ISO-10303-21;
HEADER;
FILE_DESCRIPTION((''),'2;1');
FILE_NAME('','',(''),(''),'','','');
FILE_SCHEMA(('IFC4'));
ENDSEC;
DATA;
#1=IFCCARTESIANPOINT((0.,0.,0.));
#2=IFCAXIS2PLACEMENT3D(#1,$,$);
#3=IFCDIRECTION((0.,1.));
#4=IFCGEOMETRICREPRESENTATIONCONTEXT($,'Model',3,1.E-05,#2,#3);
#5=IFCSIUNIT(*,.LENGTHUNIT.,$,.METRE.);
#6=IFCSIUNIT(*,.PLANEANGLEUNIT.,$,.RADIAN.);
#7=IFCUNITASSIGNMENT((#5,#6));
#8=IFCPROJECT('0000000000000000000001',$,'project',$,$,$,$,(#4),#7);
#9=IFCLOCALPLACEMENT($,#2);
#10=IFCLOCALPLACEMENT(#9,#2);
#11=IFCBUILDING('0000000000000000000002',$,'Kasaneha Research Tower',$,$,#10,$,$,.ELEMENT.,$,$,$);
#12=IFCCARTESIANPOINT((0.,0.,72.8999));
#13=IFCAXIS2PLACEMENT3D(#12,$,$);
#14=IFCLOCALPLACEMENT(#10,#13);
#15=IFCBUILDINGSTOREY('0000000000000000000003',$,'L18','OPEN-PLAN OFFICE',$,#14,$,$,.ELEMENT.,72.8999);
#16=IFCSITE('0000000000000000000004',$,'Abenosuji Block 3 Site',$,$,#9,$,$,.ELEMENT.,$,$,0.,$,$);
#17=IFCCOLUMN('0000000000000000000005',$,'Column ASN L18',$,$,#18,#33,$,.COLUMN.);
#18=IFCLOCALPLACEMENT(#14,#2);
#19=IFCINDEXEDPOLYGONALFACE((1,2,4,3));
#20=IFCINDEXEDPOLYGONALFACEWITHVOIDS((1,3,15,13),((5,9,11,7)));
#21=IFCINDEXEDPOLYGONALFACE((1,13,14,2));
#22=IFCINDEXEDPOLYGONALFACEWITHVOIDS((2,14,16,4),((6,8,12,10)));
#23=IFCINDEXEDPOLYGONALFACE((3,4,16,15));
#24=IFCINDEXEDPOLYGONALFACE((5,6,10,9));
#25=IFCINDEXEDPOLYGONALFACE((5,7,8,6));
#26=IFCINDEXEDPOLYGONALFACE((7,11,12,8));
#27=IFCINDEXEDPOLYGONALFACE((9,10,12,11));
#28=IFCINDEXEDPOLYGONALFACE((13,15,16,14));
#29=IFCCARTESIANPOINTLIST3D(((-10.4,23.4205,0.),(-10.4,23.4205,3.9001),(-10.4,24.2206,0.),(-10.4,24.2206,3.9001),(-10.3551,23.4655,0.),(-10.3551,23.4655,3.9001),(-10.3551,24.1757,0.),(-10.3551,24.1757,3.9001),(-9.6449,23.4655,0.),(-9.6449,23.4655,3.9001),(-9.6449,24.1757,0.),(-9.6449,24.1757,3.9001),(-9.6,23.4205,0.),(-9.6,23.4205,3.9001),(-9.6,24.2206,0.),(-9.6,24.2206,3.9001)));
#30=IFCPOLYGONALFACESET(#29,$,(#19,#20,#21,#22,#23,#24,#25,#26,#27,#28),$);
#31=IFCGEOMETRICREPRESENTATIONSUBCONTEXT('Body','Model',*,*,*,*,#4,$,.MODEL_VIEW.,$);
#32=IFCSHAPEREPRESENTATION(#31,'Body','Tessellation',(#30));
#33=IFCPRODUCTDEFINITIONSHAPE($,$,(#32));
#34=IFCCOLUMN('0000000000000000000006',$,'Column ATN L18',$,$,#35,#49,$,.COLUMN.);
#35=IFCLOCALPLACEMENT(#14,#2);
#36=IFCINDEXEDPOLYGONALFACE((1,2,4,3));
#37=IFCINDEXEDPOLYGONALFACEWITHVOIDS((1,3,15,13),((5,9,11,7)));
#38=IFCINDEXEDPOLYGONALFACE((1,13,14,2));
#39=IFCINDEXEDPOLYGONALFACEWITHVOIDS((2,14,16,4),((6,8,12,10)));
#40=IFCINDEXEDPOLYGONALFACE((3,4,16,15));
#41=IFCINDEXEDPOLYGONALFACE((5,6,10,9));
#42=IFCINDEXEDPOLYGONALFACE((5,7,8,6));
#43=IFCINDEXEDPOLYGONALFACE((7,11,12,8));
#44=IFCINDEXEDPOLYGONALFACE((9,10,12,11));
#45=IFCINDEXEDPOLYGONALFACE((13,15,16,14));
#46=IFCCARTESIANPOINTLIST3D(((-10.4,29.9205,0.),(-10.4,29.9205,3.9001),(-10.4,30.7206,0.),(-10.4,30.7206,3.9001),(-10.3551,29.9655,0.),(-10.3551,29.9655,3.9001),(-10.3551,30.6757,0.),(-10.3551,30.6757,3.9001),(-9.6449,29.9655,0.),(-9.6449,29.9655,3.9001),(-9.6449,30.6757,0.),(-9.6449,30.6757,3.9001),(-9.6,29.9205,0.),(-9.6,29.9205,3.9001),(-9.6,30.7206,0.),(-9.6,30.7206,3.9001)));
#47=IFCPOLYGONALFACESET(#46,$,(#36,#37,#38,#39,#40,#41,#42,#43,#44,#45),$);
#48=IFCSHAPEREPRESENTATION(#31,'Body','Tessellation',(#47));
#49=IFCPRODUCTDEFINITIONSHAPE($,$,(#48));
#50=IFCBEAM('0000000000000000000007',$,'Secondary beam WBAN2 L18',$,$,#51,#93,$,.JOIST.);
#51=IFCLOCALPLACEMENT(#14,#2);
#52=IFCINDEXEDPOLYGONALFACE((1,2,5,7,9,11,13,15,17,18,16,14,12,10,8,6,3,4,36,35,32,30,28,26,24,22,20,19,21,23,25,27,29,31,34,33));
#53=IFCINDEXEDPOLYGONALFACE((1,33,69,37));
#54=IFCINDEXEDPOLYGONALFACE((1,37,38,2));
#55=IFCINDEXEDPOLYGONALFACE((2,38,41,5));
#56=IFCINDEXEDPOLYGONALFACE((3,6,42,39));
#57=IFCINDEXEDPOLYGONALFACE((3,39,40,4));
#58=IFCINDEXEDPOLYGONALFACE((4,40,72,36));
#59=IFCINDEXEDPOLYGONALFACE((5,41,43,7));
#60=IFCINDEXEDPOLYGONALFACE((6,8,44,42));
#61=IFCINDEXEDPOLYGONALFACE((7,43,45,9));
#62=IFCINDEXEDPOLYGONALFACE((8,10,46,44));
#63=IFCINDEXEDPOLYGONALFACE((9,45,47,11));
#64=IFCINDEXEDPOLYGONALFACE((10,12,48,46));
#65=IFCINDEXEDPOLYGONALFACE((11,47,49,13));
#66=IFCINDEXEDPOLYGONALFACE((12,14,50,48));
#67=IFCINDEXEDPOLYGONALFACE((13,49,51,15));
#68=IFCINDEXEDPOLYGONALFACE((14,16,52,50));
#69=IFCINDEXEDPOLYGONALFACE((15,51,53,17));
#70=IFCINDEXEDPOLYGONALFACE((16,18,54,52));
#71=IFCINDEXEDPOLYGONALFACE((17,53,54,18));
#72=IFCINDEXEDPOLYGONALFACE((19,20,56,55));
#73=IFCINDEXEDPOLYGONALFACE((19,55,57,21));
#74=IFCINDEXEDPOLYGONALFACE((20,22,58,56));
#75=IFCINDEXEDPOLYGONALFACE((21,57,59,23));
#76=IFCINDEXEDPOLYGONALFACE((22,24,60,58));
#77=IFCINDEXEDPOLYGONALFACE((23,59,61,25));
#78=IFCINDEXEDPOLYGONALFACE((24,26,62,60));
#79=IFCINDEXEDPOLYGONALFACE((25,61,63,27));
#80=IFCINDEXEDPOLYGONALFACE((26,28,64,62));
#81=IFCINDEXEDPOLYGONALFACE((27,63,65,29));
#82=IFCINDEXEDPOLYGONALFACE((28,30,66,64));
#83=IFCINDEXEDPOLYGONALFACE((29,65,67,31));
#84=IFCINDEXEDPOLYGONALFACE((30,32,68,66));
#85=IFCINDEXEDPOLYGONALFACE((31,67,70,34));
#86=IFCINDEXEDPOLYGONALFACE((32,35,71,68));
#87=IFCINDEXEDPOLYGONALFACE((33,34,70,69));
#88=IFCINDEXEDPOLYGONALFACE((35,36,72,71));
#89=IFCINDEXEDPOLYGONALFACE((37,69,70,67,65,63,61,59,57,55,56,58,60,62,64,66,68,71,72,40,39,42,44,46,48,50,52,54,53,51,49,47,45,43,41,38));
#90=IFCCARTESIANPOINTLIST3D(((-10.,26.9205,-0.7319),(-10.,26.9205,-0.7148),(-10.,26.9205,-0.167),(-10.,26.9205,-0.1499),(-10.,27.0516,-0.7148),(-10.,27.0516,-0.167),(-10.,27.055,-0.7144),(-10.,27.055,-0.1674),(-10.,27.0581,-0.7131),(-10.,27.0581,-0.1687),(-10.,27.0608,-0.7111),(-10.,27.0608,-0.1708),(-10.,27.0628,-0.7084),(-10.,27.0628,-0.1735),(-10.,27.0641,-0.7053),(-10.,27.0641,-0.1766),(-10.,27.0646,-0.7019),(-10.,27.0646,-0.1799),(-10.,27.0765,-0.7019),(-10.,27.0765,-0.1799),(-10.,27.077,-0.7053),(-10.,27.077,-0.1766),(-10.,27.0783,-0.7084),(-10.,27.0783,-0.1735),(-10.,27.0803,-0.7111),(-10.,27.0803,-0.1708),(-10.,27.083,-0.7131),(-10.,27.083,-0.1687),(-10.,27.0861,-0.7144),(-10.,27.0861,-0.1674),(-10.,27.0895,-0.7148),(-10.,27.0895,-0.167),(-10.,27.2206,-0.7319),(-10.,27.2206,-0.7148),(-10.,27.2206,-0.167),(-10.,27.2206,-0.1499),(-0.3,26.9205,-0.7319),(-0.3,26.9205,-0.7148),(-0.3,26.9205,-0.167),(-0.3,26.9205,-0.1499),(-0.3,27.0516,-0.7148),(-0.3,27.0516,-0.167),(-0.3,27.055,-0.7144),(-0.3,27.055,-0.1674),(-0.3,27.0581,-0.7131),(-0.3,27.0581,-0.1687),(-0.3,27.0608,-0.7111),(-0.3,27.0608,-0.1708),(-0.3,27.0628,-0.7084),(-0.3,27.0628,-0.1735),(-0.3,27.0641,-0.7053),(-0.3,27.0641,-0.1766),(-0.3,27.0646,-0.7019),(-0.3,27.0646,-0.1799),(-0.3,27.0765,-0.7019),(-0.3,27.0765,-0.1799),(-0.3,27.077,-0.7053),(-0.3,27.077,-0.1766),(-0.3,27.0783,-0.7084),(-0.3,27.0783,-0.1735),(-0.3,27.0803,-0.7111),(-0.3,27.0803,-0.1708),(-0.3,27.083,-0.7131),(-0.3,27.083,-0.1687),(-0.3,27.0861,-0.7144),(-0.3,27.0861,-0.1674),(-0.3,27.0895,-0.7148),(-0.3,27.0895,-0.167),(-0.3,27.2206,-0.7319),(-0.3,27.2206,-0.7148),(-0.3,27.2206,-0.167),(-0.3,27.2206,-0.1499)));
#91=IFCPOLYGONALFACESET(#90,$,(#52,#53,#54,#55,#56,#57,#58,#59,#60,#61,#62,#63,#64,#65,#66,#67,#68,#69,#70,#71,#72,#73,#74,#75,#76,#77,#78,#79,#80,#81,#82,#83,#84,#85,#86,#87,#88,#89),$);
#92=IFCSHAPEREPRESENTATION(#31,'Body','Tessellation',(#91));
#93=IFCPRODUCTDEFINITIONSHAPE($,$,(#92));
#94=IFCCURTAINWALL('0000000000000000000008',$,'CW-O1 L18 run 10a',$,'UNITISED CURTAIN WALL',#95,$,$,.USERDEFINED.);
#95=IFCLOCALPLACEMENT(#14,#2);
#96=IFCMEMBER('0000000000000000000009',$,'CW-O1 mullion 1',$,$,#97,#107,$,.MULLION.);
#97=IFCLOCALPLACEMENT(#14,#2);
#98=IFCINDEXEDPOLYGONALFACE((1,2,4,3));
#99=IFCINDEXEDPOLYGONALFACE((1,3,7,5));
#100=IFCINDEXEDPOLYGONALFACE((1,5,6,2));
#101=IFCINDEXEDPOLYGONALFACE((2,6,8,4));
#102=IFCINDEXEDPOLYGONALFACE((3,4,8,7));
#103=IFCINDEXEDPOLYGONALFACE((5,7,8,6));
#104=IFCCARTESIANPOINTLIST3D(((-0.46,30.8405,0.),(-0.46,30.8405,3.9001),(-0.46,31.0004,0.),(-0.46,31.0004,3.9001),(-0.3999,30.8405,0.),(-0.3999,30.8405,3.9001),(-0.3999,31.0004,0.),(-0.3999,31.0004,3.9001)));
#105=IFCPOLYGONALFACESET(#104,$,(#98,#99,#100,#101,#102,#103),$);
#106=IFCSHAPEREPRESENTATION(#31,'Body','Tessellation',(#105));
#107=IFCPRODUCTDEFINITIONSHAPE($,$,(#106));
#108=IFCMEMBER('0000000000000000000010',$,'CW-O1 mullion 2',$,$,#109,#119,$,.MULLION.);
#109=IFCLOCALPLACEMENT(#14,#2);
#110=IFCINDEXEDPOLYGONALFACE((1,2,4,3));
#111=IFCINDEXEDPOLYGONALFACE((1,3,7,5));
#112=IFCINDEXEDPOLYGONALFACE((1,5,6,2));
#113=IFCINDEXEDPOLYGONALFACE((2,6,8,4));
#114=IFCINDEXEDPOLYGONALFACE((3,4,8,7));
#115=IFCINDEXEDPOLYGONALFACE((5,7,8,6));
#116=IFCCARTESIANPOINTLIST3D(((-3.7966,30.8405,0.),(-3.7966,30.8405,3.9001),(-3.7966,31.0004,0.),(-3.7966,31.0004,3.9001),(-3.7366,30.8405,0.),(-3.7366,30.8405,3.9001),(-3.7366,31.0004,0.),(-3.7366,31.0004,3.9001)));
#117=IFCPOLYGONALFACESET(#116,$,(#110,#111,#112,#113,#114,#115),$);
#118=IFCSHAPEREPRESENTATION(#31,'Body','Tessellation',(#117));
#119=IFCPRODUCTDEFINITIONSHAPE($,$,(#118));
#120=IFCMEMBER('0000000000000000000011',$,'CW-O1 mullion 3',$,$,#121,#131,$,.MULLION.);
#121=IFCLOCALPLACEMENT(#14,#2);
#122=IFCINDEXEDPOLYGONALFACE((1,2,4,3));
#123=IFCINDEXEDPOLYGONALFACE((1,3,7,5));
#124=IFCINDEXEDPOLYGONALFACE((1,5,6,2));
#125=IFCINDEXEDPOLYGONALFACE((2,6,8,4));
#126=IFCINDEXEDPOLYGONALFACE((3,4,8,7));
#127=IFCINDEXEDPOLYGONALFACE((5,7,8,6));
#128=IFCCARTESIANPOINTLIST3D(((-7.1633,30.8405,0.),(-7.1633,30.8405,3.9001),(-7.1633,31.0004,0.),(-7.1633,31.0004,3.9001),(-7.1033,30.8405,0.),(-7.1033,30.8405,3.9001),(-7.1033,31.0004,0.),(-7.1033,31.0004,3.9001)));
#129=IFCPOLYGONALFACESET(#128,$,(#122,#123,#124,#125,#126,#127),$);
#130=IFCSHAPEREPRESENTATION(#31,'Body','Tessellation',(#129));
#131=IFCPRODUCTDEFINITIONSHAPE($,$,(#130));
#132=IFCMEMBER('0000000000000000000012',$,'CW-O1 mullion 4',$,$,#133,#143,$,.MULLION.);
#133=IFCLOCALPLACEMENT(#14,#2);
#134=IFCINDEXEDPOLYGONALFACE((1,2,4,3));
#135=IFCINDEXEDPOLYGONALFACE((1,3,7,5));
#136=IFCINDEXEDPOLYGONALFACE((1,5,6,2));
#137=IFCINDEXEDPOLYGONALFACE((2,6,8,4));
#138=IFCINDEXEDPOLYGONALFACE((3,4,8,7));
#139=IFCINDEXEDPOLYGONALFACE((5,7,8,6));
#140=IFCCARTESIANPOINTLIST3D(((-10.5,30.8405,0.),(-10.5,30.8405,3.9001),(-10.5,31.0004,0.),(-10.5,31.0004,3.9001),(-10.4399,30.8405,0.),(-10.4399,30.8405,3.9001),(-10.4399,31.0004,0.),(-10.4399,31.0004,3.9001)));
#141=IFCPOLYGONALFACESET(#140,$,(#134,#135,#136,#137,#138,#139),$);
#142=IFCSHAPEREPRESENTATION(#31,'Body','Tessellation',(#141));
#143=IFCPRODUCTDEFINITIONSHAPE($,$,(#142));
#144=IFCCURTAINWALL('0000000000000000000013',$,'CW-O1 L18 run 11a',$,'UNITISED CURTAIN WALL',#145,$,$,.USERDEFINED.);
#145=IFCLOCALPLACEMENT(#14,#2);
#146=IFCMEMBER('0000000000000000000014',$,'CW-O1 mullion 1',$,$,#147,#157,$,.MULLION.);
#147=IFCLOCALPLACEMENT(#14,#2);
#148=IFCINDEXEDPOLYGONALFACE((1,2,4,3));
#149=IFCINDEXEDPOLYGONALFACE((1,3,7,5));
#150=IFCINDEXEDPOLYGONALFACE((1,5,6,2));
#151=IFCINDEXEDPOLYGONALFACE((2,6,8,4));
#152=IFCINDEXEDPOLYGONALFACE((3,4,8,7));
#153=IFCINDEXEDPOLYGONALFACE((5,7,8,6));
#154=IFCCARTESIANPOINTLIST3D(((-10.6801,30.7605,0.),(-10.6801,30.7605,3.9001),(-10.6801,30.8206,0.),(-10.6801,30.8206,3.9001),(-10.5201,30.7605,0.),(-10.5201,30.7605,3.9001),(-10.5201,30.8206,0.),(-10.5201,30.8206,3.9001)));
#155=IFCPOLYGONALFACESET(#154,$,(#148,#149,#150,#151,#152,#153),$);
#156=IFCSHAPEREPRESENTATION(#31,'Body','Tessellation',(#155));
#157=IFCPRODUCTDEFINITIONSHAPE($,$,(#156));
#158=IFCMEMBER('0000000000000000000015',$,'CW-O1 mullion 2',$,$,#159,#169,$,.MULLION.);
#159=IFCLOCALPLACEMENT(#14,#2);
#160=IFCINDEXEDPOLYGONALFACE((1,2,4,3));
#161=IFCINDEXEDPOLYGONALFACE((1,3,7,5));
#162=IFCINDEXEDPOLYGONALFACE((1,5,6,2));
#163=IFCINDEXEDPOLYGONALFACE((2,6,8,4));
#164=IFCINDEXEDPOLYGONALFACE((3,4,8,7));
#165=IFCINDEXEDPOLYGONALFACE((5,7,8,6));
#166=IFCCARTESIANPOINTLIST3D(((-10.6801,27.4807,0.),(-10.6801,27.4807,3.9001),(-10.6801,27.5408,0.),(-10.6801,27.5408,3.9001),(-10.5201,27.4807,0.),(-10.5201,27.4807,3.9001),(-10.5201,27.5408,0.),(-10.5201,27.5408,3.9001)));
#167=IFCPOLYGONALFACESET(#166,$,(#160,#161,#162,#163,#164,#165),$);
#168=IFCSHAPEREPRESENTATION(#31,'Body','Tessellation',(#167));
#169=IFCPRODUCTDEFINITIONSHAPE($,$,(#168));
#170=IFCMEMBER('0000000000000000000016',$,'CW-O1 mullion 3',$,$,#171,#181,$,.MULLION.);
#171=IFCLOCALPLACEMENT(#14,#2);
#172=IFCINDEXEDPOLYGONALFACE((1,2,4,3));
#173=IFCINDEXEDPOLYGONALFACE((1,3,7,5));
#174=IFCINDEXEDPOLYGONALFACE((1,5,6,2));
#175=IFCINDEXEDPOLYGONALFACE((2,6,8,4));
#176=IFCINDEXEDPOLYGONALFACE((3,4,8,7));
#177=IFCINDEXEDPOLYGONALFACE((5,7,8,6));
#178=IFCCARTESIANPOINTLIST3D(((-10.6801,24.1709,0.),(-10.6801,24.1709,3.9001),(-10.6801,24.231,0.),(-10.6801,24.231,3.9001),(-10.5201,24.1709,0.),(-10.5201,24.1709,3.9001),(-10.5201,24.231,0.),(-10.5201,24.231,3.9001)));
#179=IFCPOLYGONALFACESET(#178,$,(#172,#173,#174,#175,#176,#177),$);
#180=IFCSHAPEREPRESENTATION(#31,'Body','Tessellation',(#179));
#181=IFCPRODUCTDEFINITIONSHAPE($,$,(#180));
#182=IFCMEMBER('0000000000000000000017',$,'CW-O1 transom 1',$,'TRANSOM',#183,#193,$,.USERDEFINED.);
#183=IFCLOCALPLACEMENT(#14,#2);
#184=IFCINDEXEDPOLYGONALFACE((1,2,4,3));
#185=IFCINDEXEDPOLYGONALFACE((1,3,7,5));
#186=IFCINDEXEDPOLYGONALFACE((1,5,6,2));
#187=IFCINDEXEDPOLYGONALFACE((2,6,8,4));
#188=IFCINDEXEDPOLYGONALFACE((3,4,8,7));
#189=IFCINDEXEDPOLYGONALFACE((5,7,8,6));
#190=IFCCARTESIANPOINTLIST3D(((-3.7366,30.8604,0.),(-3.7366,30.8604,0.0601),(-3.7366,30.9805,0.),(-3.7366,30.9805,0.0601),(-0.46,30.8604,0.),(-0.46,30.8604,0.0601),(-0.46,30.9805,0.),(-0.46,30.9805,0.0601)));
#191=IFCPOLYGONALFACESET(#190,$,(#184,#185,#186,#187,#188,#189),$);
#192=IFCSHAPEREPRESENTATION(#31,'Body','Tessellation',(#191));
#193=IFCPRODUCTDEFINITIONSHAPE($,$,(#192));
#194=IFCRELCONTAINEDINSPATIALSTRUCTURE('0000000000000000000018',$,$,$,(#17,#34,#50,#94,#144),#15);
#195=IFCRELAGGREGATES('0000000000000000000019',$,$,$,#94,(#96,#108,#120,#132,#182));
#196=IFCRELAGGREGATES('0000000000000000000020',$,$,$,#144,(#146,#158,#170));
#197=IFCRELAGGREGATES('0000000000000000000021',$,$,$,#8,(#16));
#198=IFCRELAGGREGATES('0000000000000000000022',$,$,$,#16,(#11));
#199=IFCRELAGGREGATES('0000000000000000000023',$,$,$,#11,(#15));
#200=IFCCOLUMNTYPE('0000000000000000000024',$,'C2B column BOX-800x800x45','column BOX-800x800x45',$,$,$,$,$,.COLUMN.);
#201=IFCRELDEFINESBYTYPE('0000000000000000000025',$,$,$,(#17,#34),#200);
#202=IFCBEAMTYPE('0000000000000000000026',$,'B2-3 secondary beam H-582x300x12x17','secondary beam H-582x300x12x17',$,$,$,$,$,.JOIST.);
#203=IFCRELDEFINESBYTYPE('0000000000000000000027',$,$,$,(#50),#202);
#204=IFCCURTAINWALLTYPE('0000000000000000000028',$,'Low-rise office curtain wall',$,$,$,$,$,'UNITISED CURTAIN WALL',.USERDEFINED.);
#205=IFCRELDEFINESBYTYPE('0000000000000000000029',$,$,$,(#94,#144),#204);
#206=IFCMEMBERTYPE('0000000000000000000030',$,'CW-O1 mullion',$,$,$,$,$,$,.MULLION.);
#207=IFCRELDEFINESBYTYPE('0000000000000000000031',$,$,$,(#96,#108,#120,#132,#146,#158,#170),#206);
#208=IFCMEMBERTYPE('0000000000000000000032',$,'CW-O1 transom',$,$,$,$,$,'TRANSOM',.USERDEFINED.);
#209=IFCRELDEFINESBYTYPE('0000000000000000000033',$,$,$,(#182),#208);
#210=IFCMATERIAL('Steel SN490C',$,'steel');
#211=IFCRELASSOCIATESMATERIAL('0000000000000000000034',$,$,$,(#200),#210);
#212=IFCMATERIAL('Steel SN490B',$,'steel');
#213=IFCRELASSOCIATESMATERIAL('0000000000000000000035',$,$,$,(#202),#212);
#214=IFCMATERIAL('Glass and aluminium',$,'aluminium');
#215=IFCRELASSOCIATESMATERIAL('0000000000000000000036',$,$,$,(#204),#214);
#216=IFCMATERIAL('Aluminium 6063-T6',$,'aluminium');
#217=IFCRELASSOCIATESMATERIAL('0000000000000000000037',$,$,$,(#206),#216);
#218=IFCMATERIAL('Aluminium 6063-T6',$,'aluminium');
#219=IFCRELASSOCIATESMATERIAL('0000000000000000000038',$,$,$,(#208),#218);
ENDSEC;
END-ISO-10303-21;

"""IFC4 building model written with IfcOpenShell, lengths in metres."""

from ifc_helpers import new_model, si_unit, direction, frame, origin, origin_2d, place, context, subcontext, project, spatial, rectangle, hollow_rectangle, i_section, extrude, material, material_profile, profile_set, type_object, element, aggregate, save


model = new_model("IFC4")

# Units and contexts
model_context = context("Model", 3, precision=1e-05, world=origin(), true_north=direction((0.0, 1.0)))
body_context = subcontext(model_context, "Body", "Model", "MODEL_VIEW")
ifc_project = project(units=[si_unit("LENGTHUNIT", "METRE"), si_unit("PLANEANGLEUNIT", "RADIAN")], contexts=[model_context])

# Site, building, storey
site_placement = place(None, origin())
site = spatial("IfcSite", under=ifc_project, at=site_placement, Name="Abenosuji Block 3 Site", CompositionType="ELEMENT", RefElevation=0.0)
building_placement = place(site_placement, origin())
building = spatial("IfcBuilding", under=site, at=building_placement, Name="Kasaneha Research Tower", CompositionType="ELEMENT")
storey_placement = place(building_placement, frame((0.0, 0.0, 72.8999)))
storey = spatial("IfcBuildingStorey", under=building, at=storey_placement, Name="L18", Description="OPEN-PLAN OFFICE", CompositionType="ELEMENT", Elevation=72.8999)

# Columns
ifc_material_1 = material(Name="Steel SN490C", Category="steel")
ifc_material_profile_1 = material_profile(ifc_material_1, hollow_rectangle(XDim=0.8, YDim=0.8, WallThickness=0.0449, at=origin_2d()), Name="BOX-800x800x45")
ifc_profile_set_1 = profile_set([ifc_material_profile_1], Name="Steel SN490C")
column_type = type_object("IfcColumnType", Name="C2B column BOX-800x800x45", Description="column BOX-800x800x45", PredefinedType="COLUMN", material=ifc_profile_set_1)
for number, where, z_axis, x_axis, name in (
    (1, (-10.0, 23.8206, 0.0), (0.0, 0.0, 1.0), (1.0, 0.0, 0.0), "Column ASN L18"),
    (2, (-10.0, 30.3206, 0.0), (0.0, 0.0, 1.0), (1.0, 0.0, 0.0), "Column ATN L18"),
):
    element("IfcColumn", number, at=place(storey_placement, frame(where, z_axis=z_axis, x_axis=x_axis)), inside=storey, type_object=column_type, Name=name, PredefinedType="COLUMN", context=body_context, shape_type="SweptSolid", body=[
        extrude(hollow_rectangle(XDim=0.8, YDim=0.8, WallThickness=0.0449, at=origin_2d()), origin(), (0.0, 0.0, 1.0), 3.9001),
    ])

# Beam
ifc_material_2 = material(Name="Steel SN490B", Category="steel")
ifc_material_profile_2 = material_profile(ifc_material_2, i_section(OverallWidth=0.3, OverallDepth=0.582, WebThickness=0.012, FlangeThickness=0.0171, FilletRadius=0.0129, at=origin_2d()), Name="H-582x300x12x17")
ifc_profile_set_2 = profile_set([ifc_material_profile_2], Name="Steel SN490B")
beam_type_1 = type_object("IfcBeamType", Name="B2-3 secondary beam H-582x300x12x17", Description="secondary beam H-582x300x12x17", PredefinedType="JOIST", material=ifc_profile_set_2)
beam_1_placement = place(storey_placement, frame((-10.0, 27.0706, -0.4409), z_axis=(1.0, 0.0, 0.0), x_axis=(0.0, 1.0, 0.0)))
element("IfcBeam", 3, at=beam_1_placement, inside=storey, type_object=beam_type_1, Name="Secondary beam WBAN2 L18", PredefinedType="JOIST", context=body_context, shape_type="SweptSolid", body=[
    extrude(i_section(OverallWidth=0.3, OverallDepth=0.582, WebThickness=0.012, FlangeThickness=0.0171, FilletRadius=0.0129, at=origin_2d()), origin(), (0.0, 0.0, 1.0), 9.7),
])

# Curtain walls, members
ifc_material_3 = material(Name="Glass and aluminium", Category="aluminium")
curtain_wall_type = type_object("IfcCurtainWallType", Name="Low-rise office curtain wall", ElementType="UNITISED CURTAIN WALL", PredefinedType="USERDEFINED", material=ifc_material_3)
curtain_wall_1_placement = place(storey_placement, origin())
curtain_wall_1 = element("IfcCurtainWall", 4, at=curtain_wall_1_placement, inside=storey, type_object=curtain_wall_type, Name="CW-O1 L18 run 10a", ObjectType="UNITISED CURTAIN WALL", PredefinedType="USERDEFINED")
ifc_material_4 = material(Name="Aluminium 6063-T6", Category="aluminium")
ifc_material_profile_3 = material_profile(ifc_material_4, rectangle(XDim=0.0601, YDim=0.1599, at=origin_2d()), Name="CW-O1 mullion 60x160")
ifc_profile_set_3 = profile_set([ifc_material_profile_3], Name="Aluminium 6063-T6")
member_type_1 = type_object("IfcMemberType", Name="CW-O1 mullion", PredefinedType="MULLION", material=ifc_profile_set_3)
member_1_placement = place(storey_placement, frame((-0.4299, 30.9204, 0.0), z_axis=(0.0, 0.0, 1.0), x_axis=(-1.0, 0.0, 0.0)))
member_1 = element("IfcMember", 5, at=member_1_placement, type_object=member_type_1, Name="CW-O1 mullion 1", PredefinedType="MULLION", context=body_context, shape_type="SweptSolid", body=[
    extrude(rectangle(XDim=0.0601, YDim=0.1599, at=origin_2d()), origin(), (0.0, 0.0, 1.0), 3.9001),
])
member_2_placement = place(storey_placement, frame((-3.7666, 30.9204, 0.0), z_axis=(0.0, 0.0, 1.0), x_axis=(-1.0, 0.0, 0.0)))
member_2 = element("IfcMember", 6, at=member_2_placement, type_object=member_type_1, Name="CW-O1 mullion 2", PredefinedType="MULLION", context=body_context, shape_type="SweptSolid", body=[
    extrude(rectangle(XDim=0.0601, YDim=0.1599, at=origin_2d()), origin(), (0.0, 0.0, 1.0), 3.9001),
])
member_3_placement = place(storey_placement, frame((-7.1333, 30.9204, 0.0), z_axis=(0.0, 0.0, 1.0), x_axis=(-1.0, 0.0, 0.0)))
member_3 = element("IfcMember", 7, at=member_3_placement, type_object=member_type_1, Name="CW-O1 mullion 3", PredefinedType="MULLION", context=body_context, shape_type="SweptSolid", body=[
    extrude(rectangle(XDim=0.0601, YDim=0.1599, at=origin_2d()), origin(), (0.0, 0.0, 1.0), 3.9001),
])
member_4_placement = place(storey_placement, frame((-10.47, 30.9204, 0.0), z_axis=(0.0, 0.0, 1.0), x_axis=(-1.0, 0.0, 0.0)))
member_4 = element("IfcMember", 8, at=member_4_placement, type_object=member_type_1, Name="CW-O1 mullion 4", PredefinedType="MULLION", context=body_context, shape_type="SweptSolid", body=[
    extrude(rectangle(XDim=0.0601, YDim=0.1599, at=origin_2d()), origin(), (0.0, 0.0, 1.0), 3.9001),
])
curtain_wall_2_placement = place(storey_placement, origin())
curtain_wall_2 = element("IfcCurtainWall", 9, at=curtain_wall_2_placement, inside=storey, type_object=curtain_wall_type, Name="CW-O1 L18 run 11a", ObjectType="UNITISED CURTAIN WALL", PredefinedType="USERDEFINED")
member_5_placement = place(storey_placement, frame((-10.6001, 30.7905, 0.0), z_axis=(0.0, 0.0, 1.0), x_axis=(0.0, -1.0, 0.0)))
member_5 = element("IfcMember", 10, at=member_5_placement, type_object=member_type_1, Name="CW-O1 mullion 1", PredefinedType="MULLION", context=body_context, shape_type="SweptSolid", body=[
    extrude(rectangle(XDim=0.0601, YDim=0.1599, at=origin_2d()), origin(), (0.0, 0.0, 1.0), 3.9001),
])
member_6_placement = place(storey_placement, frame((-10.6001, 27.5107, 0.0), z_axis=(0.0, 0.0, 1.0), x_axis=(0.0, -1.0, 0.0)))
member_6 = element("IfcMember", 11, at=member_6_placement, type_object=member_type_1, Name="CW-O1 mullion 2", PredefinedType="MULLION", context=body_context, shape_type="SweptSolid", body=[
    extrude(rectangle(XDim=0.0601, YDim=0.1599, at=origin_2d()), origin(), (0.0, 0.0, 1.0), 3.9001),
])
member_7_placement = place(storey_placement, frame((-10.6001, 24.2009, 0.0), z_axis=(0.0, 0.0, 1.0), x_axis=(0.0, -1.0, 0.0)))
member_7 = element("IfcMember", 12, at=member_7_placement, type_object=member_type_1, Name="CW-O1 mullion 3", PredefinedType="MULLION", context=body_context, shape_type="SweptSolid", body=[
    extrude(rectangle(XDim=0.0601, YDim=0.1599, at=origin_2d()), origin(), (0.0, 0.0, 1.0), 3.9001),
])

# Member
ifc_material_5 = material(Name="Aluminium 6063-T6", Category="aluminium")
ifc_material_profile_4 = material_profile(ifc_material_5, rectangle(XDim=0.1201, YDim=0.0601, at=origin_2d()), Name="CW-O1 transom 120x60")
ifc_profile_set_4 = profile_set([ifc_material_profile_4], Name="Aluminium 6063-T6")
member_type_2 = type_object("IfcMemberType", Name="CW-O1 transom", ElementType="TRANSOM", PredefinedType="USERDEFINED", material=ifc_profile_set_4)
member_8_placement = place(storey_placement, frame((-0.46, 30.9204, 0.03), z_axis=(-1.0, 0.0, 0.0), x_axis=(0.0, -1.0, 0.0)))
member_8 = element("IfcMember", 13, at=member_8_placement, type_object=member_type_2, Name="CW-O1 transom 1", ObjectType="TRANSOM", PredefinedType="USERDEFINED", context=body_context, shape_type="SweptSolid", body=[
    extrude(rectangle(XDim=0.1201, YDim=0.0601, at=origin_2d()), origin(), (0.0, 0.0, 1.0), 3.2766),
])

aggregate(curtain_wall_1, [member_1, member_2, member_3, member_4, member_8])
aggregate(curtain_wall_2, [member_5, member_6, member_7])

save(model, "model.ifc")
